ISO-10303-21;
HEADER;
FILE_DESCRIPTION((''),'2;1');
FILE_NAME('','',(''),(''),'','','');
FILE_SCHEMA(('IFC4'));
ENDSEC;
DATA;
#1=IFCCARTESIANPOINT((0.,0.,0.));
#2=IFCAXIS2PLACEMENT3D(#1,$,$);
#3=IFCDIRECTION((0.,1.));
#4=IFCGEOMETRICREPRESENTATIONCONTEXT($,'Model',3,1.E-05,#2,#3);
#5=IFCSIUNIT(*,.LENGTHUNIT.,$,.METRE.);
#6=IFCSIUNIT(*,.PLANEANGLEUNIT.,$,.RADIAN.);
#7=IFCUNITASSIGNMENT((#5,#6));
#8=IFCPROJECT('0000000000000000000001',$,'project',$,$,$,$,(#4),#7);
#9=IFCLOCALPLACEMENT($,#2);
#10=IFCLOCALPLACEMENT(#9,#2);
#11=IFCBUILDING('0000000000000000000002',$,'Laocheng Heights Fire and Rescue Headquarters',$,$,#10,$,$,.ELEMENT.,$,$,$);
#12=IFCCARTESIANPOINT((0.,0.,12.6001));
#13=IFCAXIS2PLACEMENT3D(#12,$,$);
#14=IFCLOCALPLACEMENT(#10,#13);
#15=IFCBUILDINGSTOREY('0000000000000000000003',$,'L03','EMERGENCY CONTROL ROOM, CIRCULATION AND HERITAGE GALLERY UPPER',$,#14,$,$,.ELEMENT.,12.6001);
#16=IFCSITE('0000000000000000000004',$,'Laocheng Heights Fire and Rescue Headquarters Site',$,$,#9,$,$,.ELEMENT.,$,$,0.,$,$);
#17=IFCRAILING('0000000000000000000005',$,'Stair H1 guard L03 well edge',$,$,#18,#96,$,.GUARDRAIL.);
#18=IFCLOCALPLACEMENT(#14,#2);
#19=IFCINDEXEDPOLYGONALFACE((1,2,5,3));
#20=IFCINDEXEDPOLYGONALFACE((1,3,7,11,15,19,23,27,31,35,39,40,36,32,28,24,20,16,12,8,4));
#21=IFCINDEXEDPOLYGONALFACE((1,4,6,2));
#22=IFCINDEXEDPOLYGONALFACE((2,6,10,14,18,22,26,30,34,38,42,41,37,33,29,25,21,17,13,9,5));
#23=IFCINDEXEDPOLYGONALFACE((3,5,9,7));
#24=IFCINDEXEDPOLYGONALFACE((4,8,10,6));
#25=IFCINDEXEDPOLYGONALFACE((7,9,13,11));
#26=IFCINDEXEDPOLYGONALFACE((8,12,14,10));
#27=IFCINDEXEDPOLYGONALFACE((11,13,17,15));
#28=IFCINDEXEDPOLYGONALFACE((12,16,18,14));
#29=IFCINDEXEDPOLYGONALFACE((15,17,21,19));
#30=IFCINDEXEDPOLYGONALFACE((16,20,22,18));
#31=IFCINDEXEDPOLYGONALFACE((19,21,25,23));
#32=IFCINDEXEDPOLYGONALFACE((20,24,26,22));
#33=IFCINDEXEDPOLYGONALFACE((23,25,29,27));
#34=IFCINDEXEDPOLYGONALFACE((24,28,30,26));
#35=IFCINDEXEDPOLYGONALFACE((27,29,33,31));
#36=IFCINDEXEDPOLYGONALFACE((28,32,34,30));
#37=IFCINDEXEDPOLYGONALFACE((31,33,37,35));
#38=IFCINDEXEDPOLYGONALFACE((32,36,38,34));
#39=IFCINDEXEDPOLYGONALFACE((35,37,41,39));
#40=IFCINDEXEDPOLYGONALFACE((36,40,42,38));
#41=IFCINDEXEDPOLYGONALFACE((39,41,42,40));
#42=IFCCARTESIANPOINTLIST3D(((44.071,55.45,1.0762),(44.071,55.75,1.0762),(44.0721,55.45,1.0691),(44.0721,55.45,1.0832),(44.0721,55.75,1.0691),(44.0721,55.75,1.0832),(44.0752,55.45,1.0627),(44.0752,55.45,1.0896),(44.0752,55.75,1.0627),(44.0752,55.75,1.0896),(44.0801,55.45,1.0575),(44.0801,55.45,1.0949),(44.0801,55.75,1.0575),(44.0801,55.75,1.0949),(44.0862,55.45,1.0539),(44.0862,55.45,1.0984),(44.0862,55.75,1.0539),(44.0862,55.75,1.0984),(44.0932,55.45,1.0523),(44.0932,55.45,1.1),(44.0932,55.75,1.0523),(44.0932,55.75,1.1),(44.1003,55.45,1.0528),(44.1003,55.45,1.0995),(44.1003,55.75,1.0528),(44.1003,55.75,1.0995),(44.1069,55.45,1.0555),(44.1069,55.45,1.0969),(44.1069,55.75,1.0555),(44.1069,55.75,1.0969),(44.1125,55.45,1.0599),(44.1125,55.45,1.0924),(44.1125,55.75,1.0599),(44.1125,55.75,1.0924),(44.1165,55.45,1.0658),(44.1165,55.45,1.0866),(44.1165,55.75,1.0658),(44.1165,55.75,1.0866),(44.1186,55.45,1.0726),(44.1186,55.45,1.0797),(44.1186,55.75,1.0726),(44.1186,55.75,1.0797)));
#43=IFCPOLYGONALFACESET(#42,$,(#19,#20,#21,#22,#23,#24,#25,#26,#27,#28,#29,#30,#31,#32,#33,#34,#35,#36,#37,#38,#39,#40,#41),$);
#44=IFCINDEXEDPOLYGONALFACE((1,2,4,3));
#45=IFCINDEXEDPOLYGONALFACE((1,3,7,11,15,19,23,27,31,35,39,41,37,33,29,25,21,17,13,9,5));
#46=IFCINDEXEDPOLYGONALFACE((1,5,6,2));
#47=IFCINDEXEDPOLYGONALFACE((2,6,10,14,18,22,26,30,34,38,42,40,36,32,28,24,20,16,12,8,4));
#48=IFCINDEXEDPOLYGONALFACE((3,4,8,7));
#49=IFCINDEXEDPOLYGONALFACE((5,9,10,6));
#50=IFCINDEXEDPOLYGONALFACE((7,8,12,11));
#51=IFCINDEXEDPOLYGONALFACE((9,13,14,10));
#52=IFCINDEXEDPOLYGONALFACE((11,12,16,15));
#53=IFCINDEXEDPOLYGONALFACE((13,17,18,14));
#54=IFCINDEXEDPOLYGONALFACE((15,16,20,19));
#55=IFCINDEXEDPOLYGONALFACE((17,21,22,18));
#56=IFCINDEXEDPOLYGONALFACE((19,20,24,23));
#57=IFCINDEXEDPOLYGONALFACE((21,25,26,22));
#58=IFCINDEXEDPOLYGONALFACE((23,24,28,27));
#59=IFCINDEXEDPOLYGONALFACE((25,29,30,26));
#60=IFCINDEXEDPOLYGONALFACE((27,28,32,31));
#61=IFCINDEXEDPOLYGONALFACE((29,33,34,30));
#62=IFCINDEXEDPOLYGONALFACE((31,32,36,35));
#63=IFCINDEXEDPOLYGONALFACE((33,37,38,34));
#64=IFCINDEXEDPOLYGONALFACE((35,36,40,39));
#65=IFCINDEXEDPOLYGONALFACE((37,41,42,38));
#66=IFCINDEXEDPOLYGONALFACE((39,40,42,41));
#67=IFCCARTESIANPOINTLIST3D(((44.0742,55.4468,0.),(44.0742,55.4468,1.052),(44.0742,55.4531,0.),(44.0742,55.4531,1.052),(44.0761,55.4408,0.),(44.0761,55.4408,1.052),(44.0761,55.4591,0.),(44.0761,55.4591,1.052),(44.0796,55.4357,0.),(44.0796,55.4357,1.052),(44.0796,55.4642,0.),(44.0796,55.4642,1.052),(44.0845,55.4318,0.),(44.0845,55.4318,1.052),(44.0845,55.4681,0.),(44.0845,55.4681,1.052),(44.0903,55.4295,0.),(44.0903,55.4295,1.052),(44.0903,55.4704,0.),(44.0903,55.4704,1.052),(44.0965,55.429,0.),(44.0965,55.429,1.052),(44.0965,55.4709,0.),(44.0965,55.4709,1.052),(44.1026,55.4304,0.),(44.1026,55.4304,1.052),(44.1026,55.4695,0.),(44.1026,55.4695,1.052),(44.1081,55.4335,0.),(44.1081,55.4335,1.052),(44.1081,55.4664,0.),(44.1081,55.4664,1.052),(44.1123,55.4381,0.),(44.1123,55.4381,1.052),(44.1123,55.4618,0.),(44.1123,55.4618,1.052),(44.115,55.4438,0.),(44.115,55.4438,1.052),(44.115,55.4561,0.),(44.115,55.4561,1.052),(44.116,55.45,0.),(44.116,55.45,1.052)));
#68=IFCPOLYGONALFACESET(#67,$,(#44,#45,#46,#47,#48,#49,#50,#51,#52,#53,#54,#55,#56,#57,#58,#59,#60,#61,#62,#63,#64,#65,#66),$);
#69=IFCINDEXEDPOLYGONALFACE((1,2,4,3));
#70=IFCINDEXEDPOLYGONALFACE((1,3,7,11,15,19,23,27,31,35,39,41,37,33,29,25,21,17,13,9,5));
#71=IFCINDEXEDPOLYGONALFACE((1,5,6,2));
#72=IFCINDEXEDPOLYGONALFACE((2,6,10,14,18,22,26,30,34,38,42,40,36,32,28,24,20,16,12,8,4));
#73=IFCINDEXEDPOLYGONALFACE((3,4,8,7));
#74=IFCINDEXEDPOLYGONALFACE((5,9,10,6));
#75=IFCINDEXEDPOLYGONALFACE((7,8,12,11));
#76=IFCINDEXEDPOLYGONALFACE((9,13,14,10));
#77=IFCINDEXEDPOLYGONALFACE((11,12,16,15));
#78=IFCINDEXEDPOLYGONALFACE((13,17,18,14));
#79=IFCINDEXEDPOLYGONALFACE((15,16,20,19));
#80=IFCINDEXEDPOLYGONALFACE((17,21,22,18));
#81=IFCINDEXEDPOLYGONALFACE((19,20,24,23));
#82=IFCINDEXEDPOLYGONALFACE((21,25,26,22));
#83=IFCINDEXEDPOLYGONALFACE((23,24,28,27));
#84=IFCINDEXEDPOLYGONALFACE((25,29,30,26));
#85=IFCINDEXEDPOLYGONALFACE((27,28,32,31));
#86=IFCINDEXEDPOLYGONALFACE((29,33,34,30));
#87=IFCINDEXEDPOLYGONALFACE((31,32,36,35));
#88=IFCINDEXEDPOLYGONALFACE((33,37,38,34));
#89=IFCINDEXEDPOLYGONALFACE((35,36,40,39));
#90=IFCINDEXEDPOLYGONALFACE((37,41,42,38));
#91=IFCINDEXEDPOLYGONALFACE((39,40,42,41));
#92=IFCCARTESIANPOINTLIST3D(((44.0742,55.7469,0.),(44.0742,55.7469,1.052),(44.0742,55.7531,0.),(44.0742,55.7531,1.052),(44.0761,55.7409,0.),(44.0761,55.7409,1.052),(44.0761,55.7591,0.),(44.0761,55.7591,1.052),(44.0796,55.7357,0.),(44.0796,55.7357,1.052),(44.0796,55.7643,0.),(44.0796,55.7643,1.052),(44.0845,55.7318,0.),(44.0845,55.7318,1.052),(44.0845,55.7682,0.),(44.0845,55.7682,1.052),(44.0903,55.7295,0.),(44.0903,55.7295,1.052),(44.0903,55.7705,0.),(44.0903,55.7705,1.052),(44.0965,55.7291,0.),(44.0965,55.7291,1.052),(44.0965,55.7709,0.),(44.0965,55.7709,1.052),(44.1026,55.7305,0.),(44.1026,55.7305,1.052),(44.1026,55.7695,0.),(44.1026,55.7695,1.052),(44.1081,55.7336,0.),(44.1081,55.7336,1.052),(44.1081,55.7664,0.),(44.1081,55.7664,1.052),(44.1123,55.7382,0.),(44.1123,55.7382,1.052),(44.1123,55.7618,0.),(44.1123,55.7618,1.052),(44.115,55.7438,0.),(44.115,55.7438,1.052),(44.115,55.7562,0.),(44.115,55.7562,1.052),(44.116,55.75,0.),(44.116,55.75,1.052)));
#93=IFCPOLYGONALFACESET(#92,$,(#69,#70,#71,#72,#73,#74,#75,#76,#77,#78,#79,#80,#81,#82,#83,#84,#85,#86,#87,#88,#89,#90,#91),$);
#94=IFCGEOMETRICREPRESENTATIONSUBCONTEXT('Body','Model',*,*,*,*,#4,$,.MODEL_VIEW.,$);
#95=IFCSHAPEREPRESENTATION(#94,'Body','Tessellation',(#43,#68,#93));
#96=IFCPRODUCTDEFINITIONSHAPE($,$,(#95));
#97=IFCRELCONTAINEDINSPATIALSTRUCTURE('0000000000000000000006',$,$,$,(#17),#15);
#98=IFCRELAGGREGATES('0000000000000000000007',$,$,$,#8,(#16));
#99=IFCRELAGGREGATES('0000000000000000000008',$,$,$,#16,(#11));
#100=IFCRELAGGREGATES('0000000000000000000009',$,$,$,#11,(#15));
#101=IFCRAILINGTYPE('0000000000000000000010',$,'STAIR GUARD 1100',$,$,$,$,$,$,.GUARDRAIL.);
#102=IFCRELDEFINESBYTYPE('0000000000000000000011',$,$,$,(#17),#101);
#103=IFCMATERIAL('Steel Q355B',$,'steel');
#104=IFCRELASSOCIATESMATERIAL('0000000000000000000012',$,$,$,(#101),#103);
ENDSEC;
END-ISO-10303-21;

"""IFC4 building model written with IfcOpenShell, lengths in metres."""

from ifc_helpers import new_model, si_unit, direction, frame, origin, origin_2d, place, context, subcontext, project, spatial, circle, extrude, material, type_object, element, save


model = new_model("IFC4")

# Units and contexts
model_context = context("Model", 3, precision=1e-05, world=origin(), true_north=direction((0.0, 1.0)))
body_context = subcontext(model_context, "Body", "Model", "MODEL_VIEW")
ifc_project = project(units=[si_unit("LENGTHUNIT", "METRE"), si_unit("PLANEANGLEUNIT", "RADIAN")], contexts=[model_context])

# Site, building, storey
site_placement = place(None, origin())
site = spatial("IfcSite", under=ifc_project, at=site_placement, Name="Laocheng Heights Fire and Rescue Headquarters Site", CompositionType="ELEMENT", RefElevation=0.0)
building_placement = place(site_placement, origin())
building = spatial("IfcBuilding", under=site, at=building_placement, Name="Laocheng Heights Fire and Rescue Headquarters", CompositionType="ELEMENT")
storey_placement = place(building_placement, frame((0.0, 0.0, 12.6001)))
storey = spatial("IfcBuildingStorey", under=building, at=storey_placement, Name="L03", Description="EMERGENCY CONTROL ROOM, CIRCULATION AND HERITAGE GALLERY UPPER", CompositionType="ELEMENT", Elevation=12.6001)

# Railing
ifc_material_1 = material(Name="Steel Q355B", Category="steel")
railing_type_1 = type_object("IfcRailingType", Name="STAIR GUARD 1100", PredefinedType="GUARDRAIL", material=ifc_material_1)
railing_1_placement = place(storey_placement, frame((44.095, 55.45, 0.0)))
element("IfcRailing", 1, at=railing_1_placement, inside=storey, type_object=railing_type_1, Name="Stair H1 guard L03 well edge", PredefinedType="GUARDRAIL", context=body_context, shape_type="SweptSolid", body=[
    extrude(circle(Radius=0.0239, at=origin_2d()), frame((0.0, 0.0, 1.0762), z_axis=(0.0, 1.0, 0.0), x_axis=(-1.0, 0.0, 0.0)), (0.0, 0.0, 1.0), 0.3),
    extrude(circle(Radius=0.021, at=origin_2d()), origin(), (0.0, 0.0, 1.0), 1.052),
    extrude(circle(Radius=0.021, at=origin_2d()), frame((0.0, 0.3, 0.0)), (0.0, 0.0, 1.0), 1.052),
])

save(model, "model.ifc")
